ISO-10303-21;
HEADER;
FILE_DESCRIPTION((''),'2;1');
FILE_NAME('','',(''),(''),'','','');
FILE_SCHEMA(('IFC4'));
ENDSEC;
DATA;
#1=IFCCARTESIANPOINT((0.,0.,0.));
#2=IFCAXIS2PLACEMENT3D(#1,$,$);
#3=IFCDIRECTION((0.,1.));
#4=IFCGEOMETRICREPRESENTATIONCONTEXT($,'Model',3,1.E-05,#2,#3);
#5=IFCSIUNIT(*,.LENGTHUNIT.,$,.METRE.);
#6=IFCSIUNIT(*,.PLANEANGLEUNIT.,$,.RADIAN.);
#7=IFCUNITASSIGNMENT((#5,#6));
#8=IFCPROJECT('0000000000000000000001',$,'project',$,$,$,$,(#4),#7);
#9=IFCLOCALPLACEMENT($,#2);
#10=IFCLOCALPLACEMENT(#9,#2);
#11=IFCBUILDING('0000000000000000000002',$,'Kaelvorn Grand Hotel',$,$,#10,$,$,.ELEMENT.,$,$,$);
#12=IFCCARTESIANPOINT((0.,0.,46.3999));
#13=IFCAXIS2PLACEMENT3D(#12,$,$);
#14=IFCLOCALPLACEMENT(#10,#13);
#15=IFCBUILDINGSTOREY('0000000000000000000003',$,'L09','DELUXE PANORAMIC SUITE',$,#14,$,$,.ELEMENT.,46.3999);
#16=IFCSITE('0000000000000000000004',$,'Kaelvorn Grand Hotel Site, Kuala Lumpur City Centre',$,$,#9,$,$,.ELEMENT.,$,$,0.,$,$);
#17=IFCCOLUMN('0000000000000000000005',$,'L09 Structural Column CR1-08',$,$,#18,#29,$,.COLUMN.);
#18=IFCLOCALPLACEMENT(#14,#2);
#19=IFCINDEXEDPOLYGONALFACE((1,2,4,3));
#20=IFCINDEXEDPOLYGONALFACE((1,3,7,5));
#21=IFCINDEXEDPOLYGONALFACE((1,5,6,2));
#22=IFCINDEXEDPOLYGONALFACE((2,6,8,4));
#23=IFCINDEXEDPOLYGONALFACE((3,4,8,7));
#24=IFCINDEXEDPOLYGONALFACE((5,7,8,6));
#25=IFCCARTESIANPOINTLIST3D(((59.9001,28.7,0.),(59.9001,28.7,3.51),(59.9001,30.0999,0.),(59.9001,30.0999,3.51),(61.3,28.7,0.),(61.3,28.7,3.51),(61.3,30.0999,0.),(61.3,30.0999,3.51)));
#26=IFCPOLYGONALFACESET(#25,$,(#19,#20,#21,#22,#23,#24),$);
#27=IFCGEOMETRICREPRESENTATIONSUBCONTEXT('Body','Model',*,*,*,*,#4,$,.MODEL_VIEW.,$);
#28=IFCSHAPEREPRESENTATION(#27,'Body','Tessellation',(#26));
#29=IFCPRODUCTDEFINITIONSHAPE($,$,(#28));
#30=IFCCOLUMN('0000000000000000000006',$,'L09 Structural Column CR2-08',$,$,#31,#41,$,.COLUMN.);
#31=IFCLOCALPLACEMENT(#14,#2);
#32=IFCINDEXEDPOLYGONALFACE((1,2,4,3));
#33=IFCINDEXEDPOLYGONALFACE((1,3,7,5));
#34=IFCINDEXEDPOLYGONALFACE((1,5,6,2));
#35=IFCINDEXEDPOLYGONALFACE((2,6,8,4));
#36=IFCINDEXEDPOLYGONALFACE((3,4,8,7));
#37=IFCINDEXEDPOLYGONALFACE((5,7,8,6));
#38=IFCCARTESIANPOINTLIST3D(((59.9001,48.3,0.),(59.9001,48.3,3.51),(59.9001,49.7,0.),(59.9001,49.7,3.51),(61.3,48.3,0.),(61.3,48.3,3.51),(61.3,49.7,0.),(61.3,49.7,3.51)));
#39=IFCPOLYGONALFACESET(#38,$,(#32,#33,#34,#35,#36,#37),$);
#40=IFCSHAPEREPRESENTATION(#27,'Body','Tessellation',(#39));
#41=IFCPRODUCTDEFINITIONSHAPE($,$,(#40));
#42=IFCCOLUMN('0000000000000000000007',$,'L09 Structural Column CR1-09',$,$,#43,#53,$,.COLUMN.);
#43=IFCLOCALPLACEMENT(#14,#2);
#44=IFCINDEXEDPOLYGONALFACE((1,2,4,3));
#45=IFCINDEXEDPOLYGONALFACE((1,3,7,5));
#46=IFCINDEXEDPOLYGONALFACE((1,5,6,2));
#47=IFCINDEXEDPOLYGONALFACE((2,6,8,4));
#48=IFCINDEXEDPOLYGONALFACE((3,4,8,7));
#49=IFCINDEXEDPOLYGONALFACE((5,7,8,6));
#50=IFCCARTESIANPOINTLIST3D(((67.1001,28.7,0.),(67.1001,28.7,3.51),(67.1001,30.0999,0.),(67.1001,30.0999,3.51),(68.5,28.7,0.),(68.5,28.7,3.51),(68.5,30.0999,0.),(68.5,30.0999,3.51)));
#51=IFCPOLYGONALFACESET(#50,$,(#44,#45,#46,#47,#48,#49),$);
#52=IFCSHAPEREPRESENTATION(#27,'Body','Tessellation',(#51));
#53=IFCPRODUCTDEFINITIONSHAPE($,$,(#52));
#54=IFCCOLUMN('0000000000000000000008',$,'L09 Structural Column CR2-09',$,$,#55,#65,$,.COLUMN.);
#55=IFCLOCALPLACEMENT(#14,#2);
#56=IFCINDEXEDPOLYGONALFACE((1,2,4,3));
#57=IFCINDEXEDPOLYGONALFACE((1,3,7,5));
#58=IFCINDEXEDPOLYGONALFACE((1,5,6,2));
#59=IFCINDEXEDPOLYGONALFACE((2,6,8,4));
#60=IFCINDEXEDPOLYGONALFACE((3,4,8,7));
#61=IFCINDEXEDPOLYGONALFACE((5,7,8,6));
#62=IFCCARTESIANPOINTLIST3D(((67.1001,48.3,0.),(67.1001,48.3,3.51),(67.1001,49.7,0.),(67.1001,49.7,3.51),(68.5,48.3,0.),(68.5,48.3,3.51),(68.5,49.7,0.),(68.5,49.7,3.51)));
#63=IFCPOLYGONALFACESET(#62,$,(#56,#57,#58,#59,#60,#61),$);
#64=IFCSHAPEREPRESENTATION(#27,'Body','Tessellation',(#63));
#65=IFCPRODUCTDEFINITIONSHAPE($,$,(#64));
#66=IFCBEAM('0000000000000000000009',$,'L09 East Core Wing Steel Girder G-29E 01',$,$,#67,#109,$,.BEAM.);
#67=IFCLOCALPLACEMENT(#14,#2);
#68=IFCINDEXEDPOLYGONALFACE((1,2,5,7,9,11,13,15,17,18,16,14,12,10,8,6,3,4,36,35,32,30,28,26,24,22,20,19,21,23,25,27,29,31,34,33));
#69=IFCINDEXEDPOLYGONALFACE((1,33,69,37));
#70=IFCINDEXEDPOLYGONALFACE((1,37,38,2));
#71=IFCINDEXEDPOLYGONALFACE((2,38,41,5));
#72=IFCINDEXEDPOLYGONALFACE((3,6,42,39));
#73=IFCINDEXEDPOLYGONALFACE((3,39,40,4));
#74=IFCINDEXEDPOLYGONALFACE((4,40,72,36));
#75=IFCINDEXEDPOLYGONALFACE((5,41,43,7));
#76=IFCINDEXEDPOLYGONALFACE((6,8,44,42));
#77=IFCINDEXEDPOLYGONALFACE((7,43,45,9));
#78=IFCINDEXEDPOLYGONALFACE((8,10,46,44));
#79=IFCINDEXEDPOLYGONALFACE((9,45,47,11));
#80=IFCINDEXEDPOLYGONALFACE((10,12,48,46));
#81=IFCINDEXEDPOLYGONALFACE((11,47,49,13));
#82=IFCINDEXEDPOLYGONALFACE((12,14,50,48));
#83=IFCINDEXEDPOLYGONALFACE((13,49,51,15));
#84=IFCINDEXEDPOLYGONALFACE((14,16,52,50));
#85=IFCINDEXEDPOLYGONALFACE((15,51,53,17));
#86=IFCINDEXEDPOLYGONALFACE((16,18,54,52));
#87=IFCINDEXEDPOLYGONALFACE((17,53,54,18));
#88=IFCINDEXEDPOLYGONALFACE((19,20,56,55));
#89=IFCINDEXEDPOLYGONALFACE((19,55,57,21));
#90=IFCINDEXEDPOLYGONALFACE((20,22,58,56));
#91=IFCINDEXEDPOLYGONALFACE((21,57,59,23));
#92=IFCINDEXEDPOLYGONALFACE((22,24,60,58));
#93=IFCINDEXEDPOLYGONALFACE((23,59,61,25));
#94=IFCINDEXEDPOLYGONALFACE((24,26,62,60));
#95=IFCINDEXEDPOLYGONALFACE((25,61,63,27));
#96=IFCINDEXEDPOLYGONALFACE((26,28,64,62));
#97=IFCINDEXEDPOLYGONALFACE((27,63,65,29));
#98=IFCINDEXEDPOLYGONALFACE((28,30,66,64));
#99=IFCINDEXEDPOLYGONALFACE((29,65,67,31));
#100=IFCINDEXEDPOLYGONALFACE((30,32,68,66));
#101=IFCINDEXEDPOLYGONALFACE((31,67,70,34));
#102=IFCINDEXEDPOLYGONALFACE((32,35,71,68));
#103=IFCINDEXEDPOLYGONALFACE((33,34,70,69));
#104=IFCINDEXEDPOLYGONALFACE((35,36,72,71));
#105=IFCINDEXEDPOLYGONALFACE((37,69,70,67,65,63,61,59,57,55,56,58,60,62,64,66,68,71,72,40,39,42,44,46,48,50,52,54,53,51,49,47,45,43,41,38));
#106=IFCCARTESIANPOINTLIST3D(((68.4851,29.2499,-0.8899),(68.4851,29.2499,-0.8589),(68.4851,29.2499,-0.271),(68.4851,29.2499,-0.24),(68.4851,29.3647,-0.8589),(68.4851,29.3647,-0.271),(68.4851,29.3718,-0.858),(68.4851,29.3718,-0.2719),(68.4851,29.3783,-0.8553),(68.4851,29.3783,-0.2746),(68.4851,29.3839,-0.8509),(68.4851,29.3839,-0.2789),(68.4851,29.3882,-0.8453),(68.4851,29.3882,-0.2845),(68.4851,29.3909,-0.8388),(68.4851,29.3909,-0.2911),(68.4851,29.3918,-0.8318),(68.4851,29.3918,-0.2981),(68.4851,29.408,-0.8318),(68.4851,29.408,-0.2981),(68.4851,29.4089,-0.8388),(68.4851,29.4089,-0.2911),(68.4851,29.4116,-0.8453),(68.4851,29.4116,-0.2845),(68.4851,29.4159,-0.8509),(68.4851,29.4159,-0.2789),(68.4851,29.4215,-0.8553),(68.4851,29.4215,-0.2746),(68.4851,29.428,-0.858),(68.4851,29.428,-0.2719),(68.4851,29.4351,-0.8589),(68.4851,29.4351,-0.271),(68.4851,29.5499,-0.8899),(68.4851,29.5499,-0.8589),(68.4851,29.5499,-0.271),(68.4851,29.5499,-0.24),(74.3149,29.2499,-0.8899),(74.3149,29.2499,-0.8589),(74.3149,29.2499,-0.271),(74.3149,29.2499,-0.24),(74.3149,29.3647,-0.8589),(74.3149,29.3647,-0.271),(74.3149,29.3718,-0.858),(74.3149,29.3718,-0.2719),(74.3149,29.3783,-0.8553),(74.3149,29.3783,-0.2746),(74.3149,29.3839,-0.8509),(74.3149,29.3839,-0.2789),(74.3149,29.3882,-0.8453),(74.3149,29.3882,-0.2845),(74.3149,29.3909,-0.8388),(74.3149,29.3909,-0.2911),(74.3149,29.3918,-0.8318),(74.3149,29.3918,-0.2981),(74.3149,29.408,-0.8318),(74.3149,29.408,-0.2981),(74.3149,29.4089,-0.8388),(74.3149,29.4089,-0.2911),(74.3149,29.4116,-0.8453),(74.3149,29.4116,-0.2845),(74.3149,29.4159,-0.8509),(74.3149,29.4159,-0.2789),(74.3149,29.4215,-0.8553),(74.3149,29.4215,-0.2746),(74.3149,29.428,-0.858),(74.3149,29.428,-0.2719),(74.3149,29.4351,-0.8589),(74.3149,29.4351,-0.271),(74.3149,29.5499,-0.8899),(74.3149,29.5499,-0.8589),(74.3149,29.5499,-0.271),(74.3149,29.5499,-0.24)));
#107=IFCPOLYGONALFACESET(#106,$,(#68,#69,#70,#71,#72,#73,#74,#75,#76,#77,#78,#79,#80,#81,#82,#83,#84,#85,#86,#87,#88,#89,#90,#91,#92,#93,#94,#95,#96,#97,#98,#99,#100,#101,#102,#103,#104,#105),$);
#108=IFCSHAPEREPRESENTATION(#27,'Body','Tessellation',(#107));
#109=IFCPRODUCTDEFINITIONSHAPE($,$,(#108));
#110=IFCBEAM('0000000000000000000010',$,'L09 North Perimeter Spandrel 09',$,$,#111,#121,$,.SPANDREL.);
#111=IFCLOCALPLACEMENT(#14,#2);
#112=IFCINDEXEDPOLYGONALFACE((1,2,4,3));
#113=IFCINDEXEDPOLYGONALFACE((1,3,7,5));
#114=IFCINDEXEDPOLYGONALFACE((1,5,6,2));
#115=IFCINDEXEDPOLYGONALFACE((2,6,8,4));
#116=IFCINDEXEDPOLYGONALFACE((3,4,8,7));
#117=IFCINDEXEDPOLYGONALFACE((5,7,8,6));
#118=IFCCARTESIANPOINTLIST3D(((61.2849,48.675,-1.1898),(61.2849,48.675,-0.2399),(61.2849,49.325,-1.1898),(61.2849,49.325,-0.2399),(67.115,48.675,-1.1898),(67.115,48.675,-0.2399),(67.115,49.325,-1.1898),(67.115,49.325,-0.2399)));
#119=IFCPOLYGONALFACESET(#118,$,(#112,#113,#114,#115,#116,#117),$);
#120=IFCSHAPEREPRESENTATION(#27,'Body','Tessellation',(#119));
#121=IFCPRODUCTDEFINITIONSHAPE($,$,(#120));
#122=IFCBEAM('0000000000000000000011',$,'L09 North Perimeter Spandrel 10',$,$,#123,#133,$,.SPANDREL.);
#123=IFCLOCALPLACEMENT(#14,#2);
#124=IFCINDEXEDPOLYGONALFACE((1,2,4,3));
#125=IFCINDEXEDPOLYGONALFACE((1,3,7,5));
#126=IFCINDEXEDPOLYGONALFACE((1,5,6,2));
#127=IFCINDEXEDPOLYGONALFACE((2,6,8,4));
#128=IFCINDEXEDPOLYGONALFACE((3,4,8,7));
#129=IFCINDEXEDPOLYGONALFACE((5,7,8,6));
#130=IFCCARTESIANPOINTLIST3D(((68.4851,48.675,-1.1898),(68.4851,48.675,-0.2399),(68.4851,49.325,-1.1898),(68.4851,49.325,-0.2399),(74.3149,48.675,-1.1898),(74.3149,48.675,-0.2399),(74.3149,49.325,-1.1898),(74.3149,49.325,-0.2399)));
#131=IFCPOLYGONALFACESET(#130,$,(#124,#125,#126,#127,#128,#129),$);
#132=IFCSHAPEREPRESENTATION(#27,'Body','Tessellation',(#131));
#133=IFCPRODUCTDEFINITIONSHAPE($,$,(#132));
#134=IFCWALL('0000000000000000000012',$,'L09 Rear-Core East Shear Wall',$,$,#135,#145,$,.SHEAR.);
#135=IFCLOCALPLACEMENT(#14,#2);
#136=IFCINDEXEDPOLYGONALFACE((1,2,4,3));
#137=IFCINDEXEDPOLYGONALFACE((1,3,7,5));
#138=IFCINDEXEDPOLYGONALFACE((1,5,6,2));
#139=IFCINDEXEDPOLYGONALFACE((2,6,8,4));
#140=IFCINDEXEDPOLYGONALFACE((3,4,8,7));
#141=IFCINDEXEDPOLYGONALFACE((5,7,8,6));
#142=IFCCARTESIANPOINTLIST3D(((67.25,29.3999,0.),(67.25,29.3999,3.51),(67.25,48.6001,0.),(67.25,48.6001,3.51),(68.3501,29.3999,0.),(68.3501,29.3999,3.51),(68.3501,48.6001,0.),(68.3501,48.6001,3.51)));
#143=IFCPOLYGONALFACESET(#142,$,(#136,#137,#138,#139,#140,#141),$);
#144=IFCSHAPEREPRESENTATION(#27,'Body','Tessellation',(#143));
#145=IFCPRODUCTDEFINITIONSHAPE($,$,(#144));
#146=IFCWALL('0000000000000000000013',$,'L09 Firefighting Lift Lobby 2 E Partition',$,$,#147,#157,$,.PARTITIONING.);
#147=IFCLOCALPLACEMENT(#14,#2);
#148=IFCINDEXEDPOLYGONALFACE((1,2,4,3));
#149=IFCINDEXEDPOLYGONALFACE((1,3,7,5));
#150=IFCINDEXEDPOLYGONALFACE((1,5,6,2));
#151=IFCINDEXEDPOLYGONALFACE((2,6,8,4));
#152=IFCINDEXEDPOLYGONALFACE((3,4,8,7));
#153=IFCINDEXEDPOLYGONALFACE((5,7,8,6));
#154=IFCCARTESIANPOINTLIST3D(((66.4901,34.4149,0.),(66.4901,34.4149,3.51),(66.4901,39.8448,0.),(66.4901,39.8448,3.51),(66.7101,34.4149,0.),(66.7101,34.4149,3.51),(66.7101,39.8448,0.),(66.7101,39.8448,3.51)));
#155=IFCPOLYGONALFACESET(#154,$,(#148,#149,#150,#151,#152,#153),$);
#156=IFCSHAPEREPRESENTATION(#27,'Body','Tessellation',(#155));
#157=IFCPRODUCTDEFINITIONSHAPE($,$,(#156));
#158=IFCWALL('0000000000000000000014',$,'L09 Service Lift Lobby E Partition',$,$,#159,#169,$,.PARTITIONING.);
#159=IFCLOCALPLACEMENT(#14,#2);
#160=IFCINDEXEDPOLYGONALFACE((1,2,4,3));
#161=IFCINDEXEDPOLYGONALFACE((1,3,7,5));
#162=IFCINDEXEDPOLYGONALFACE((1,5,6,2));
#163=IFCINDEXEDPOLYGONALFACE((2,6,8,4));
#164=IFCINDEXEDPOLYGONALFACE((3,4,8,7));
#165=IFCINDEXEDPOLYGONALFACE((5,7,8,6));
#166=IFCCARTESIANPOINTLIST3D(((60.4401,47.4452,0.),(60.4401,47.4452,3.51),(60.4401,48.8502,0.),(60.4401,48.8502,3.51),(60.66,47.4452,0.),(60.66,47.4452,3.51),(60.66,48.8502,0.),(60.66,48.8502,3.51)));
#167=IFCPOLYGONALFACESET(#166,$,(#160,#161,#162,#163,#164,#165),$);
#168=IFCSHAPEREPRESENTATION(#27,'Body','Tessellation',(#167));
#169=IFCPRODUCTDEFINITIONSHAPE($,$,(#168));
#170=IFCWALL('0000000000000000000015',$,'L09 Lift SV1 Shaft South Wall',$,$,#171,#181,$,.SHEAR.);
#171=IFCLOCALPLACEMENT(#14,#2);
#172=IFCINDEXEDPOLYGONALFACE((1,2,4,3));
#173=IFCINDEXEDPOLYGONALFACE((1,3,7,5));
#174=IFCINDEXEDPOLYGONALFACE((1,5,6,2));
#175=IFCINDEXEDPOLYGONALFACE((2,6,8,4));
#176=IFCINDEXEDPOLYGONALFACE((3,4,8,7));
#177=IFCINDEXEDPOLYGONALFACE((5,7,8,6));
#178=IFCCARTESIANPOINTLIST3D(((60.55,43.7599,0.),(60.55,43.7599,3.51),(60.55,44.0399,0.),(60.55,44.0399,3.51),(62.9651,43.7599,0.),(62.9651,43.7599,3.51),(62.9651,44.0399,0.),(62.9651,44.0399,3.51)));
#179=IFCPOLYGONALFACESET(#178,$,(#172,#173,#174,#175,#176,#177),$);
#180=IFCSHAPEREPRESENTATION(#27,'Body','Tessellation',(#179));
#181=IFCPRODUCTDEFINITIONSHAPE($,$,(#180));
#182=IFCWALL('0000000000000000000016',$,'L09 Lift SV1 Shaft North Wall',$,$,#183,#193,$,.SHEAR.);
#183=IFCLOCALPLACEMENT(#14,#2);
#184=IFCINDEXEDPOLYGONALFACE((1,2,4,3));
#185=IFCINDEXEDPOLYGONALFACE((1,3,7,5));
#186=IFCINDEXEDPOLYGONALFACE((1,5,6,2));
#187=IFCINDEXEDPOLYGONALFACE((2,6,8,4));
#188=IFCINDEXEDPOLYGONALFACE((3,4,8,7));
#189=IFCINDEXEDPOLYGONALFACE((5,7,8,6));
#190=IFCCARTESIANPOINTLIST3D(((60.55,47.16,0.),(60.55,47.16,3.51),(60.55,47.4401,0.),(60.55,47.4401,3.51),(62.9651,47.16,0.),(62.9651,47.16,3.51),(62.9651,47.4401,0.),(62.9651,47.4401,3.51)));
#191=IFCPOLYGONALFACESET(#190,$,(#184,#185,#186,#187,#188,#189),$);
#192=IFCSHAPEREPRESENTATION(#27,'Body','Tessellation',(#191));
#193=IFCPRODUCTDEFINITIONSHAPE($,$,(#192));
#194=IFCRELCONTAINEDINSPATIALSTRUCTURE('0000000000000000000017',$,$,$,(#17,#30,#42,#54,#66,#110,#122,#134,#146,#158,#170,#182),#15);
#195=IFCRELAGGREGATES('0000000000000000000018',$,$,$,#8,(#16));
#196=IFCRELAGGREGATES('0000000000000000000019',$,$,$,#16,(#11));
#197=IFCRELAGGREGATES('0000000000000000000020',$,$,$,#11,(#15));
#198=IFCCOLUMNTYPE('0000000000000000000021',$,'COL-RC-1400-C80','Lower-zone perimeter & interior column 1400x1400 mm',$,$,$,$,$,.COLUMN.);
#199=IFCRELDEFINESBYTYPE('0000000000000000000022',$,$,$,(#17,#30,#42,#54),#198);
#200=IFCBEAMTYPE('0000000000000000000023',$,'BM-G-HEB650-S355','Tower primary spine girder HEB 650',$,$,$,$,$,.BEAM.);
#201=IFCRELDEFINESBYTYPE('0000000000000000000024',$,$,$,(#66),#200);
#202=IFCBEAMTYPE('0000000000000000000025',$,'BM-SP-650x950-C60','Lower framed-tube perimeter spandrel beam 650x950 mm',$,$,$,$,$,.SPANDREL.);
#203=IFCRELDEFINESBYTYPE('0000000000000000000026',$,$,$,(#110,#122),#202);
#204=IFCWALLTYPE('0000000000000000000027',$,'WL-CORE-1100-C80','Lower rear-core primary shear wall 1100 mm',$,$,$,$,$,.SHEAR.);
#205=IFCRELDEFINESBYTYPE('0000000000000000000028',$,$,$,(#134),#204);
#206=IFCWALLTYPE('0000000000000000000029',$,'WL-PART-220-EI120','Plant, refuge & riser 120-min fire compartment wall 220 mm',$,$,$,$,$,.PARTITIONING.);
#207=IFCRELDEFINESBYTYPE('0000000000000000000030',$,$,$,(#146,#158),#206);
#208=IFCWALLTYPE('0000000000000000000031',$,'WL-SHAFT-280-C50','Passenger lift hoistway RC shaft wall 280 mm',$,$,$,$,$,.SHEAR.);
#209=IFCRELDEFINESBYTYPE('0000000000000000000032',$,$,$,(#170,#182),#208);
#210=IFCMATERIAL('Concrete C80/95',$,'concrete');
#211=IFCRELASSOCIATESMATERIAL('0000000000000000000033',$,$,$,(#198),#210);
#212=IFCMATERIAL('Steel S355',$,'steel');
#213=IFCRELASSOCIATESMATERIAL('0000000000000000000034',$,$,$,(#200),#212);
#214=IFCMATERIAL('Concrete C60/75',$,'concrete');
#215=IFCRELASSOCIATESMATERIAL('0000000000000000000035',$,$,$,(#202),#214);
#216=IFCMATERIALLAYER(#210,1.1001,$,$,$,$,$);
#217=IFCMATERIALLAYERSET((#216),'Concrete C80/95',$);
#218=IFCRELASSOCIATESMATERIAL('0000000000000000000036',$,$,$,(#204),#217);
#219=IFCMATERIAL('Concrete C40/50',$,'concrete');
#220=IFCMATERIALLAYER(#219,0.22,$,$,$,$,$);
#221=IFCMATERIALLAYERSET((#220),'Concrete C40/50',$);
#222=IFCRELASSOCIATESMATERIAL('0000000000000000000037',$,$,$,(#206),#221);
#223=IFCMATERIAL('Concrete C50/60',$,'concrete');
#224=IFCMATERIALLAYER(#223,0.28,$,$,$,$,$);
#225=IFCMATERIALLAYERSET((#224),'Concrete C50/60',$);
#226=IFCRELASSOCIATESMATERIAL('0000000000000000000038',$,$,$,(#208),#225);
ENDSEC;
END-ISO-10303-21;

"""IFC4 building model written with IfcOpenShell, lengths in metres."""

from ifc_helpers import new_model, si_unit, direction, frame, frame_2d, origin, origin_2d, place, context, subcontext, project, spatial, rectangle, i_section, extrude, material, layer, layer_set, material_profile, profile_set, type_object, element, save


model = new_model("IFC4")

# Units and contexts
model_context = context("Model", 3, precision=1e-05, world=origin(), true_north=direction((0.0, 1.0)))
body_context = subcontext(model_context, "Body", "Model", "MODEL_VIEW")
ifc_project = project(units=[si_unit("LENGTHUNIT", "METRE"), si_unit("PLANEANGLEUNIT", "RADIAN")], contexts=[model_context])

# Site, building, storey
site_placement = place(None, origin())
site = spatial("IfcSite", under=ifc_project, at=site_placement, Name="Kaelvorn Grand Hotel Site, Kuala Lumpur City Centre", CompositionType="ELEMENT", RefElevation=0.0)
building_placement = place(site_placement, origin())
building = spatial("IfcBuilding", under=site, at=building_placement, Name="Kaelvorn Grand Hotel", CompositionType="ELEMENT")
storey_placement = place(building_placement, frame((0.0, 0.0, 46.3999)))
storey = spatial("IfcBuildingStorey", under=building, at=storey_placement, Name="L09", Description="DELUXE PANORAMIC SUITE", CompositionType="ELEMENT", Elevation=46.3999)

# Columns
ifc_material_1 = material(Name="Concrete C80/95", Category="concrete")
ifc_material_profile_1 = material_profile(ifc_material_1, rectangle(XDim=1.3999, YDim=1.3999, at=origin_2d()), Name="RC COL 1400x1400")
ifc_profile_set_1 = profile_set([ifc_material_profile_1], Name="Concrete C80/95")
column_type = type_object("IfcColumnType", Name="COL-RC-1400-C80", Description="Lower-zone perimeter & interior column 1400x1400 mm", PredefinedType="COLUMN", material=ifc_profile_set_1)
for number, where, z_axis, x_axis, name in (
    (1, (60.6001, 29.3999, 0.0), (0.0, 0.0, 1.0), (1.0, 0.0, 0.0), "L09 Structural Column CR1-08"),
    (2, (60.6001, 49.0, 0.0), (0.0, 0.0, 1.0), (1.0, 0.0, 0.0), "L09 Structural Column CR2-08"),
    (3, (67.8, 29.3999, 0.0), (0.0, 0.0, 1.0), (1.0, 0.0, 0.0), "L09 Structural Column CR1-09"),
    (4, (67.8, 49.0, 0.0), (0.0, 0.0, 1.0), (1.0, 0.0, 0.0), "L09 Structural Column CR2-09"),
):
    element("IfcColumn", number, at=place(storey_placement, frame(where, z_axis=z_axis, x_axis=x_axis)), inside=storey, type_object=column_type, Name=name, PredefinedType="COLUMN", context=body_context, shape_type="SweptSolid", body=[
        extrude(rectangle(XDim=1.3999, YDim=1.3999, at=origin_2d()), origin(), (0.0, 0.0, 1.0), 3.51),
    ])

# Beams
ifc_material_2 = material(Name="Steel S355", Category="steel")
ifc_material_profile_2 = material_profile(ifc_material_2, i_section(OverallWidth=0.3, OverallDepth=0.6499, WebThickness=0.0161, FlangeThickness=0.031, FilletRadius=0.0271, at=origin_2d()), Name="HEB 650")
ifc_profile_set_2 = profile_set([ifc_material_profile_2], Name="Steel S355")
beam_type_1 = type_object("IfcBeamType", Name="BM-G-HEB650-S355", Description="Tower primary spine girder HEB 650", PredefinedType="BEAM", material=ifc_profile_set_2)
beam_1_placement = place(storey_placement, frame((68.4851, 29.3999, -0.5649), z_axis=(1.0, 0.0, 0.0), x_axis=(0.0, 1.0, 0.0)))
element("IfcBeam", 5, at=beam_1_placement, inside=storey, type_object=beam_type_1, Name="L09 East Core Wing Steel Girder G-29E 01", PredefinedType="BEAM", context=body_context, shape_type="SweptSolid", body=[
    extrude(i_section(OverallWidth=0.3, OverallDepth=0.6499, WebThickness=0.0161, FlangeThickness=0.031, FilletRadius=0.0271, at=origin_2d()), origin(), (0.0, 0.0, 1.0), 5.8298),
])
ifc_material_3 = material(Name="Concrete C60/75", Category="concrete")
ifc_material_profile_3 = material_profile(ifc_material_3, rectangle(XDim=0.6499, YDim=0.95, at=origin_2d()), Name="RC SPANDREL 650x950")
ifc_profile_set_3 = profile_set([ifc_material_profile_3], Name="Concrete C60/75")
beam_type_2 = type_object("IfcBeamType", Name="BM-SP-650x950-C60", Description="Lower framed-tube perimeter spandrel beam 650x950 mm", PredefinedType="SPANDREL", material=ifc_profile_set_3)
beam_2_placement = place(storey_placement, frame((61.2849, 49.0, -0.7148), z_axis=(1.0, 0.0, 0.0), x_axis=(0.0, 1.0, 0.0)))
element("IfcBeam", 6, at=beam_2_placement, inside=storey, type_object=beam_type_2, Name="L09 North Perimeter Spandrel 09", PredefinedType="SPANDREL", context=body_context, shape_type="SweptSolid", body=[
    extrude(rectangle(XDim=0.6499, YDim=0.95, at=origin_2d()), origin(), (0.0, 0.0, 1.0), 5.8301),
])
beam_3_placement = place(storey_placement, frame((68.4851, 49.0, -0.7148), z_axis=(1.0, 0.0, 0.0), x_axis=(0.0, 1.0, 0.0)))
element("IfcBeam", 7, at=beam_3_placement, inside=storey, type_object=beam_type_2, Name="L09 North Perimeter Spandrel 10", PredefinedType="SPANDREL", context=body_context, shape_type="SweptSolid", body=[
    extrude(rectangle(XDim=0.6499, YDim=0.95, at=origin_2d()), origin(), (0.0, 0.0, 1.0), 5.8298),
])

# Walls
ifc_layer_1 = layer(ifc_material_1, 1.1001)
ifc_layer_set_1 = layer_set([ifc_layer_1], Name="Concrete C80/95")
wall_type_1 = type_object("IfcWallType", Name="WL-CORE-1100-C80", Description="Lower rear-core primary shear wall 1100 mm", PredefinedType="SHEAR", material=ifc_layer_set_1)
wall_1_placement = place(storey_placement, frame((67.8, 29.3999, 0.0), z_axis=(0.0, 0.0, 1.0), x_axis=(0.0, 1.0, 0.0)))
element("IfcWall", 8, at=wall_1_placement, inside=storey, type_object=wall_type_1, Name="L09 Rear-Core East Shear Wall", PredefinedType="SHEAR", context=body_context, shape_type="SweptSolid", body=[
    extrude(rectangle(XDim=19.2002, YDim=1.1001, at=frame_2d((9.6001, 0.0))), origin(), (0.0, 0.0, 1.0), 3.51),
])
ifc_material_4 = material(Name="Concrete C40/50", Category="concrete")
ifc_layer_2 = layer(ifc_material_4, 0.22)
ifc_layer_set_2 = layer_set([ifc_layer_2], Name="Concrete C40/50")
wall_type_2 = type_object("IfcWallType", Name="WL-PART-220-EI120", Description="Plant, refuge & riser 120-min fire compartment wall 220 mm", PredefinedType="PARTITIONING", material=ifc_layer_set_2)
wall_2_placement = place(storey_placement, frame((66.6001, 34.415, 0.0), z_axis=(0.0, 0.0, 1.0), x_axis=(0.0, 1.0, 0.0)))
element("IfcWall", 9, at=wall_2_placement, inside=storey, type_object=wall_type_2, Name="L09 Firefighting Lift Lobby 2 E Partition", PredefinedType="PARTITIONING", context=body_context, shape_type="SweptSolid", body=[
    extrude(rectangle(XDim=5.4299, YDim=0.22, at=frame_2d((2.7148, 0.0))), origin(), (0.0, 0.0, 1.0), 3.51),
])
wall_3_placement = place(storey_placement, frame((60.55, 47.4451, 0.0), z_axis=(0.0, 0.0, 1.0), x_axis=(0.0, 1.0, 0.0)))
element("IfcWall", 10, at=wall_3_placement, inside=storey, type_object=wall_type_2, Name="L09 Service Lift Lobby E Partition", PredefinedType="PARTITIONING", context=body_context, shape_type="SweptSolid", body=[
    extrude(rectangle(XDim=1.405, YDim=0.22, at=frame_2d((0.7026, 0.0))), origin(), (0.0, 0.0, 1.0), 3.51),
])
ifc_material_5 = material(Name="Concrete C50/60", Category="concrete")
ifc_layer_3 = layer(ifc_material_5, 0.28)
ifc_layer_set_3 = layer_set([ifc_layer_3], Name="Concrete C50/60")
wall_type_3 = type_object("IfcWallType", Name="WL-SHAFT-280-C50", Description="Passenger lift hoistway RC shaft wall 280 mm", PredefinedType="SHEAR", material=ifc_layer_set_3)
for number, where, z_axis, x_axis, name in (
    (11, (60.55, 43.8999, 0.0), (0.0, 0.0, 1.0), (1.0, 0.0, 0.0), "L09 Lift SV1 Shaft South Wall"),
    (12, (60.55, 47.3, 0.0), (0.0, 0.0, 1.0), (1.0, 0.0, 0.0), "L09 Lift SV1 Shaft North Wall"),
):
    element("IfcWall", number, at=place(storey_placement, frame(where, z_axis=z_axis, x_axis=x_axis)), inside=storey, type_object=wall_type_3, Name=name, PredefinedType="SHEAR", context=body_context, shape_type="SweptSolid", body=[
        extrude(rectangle(XDim=2.415, YDim=0.28, at=frame_2d((1.2075, 0.0))), origin(), (0.0, 0.0, 1.0), 3.51),
    ])

save(model, "model.ifc")
